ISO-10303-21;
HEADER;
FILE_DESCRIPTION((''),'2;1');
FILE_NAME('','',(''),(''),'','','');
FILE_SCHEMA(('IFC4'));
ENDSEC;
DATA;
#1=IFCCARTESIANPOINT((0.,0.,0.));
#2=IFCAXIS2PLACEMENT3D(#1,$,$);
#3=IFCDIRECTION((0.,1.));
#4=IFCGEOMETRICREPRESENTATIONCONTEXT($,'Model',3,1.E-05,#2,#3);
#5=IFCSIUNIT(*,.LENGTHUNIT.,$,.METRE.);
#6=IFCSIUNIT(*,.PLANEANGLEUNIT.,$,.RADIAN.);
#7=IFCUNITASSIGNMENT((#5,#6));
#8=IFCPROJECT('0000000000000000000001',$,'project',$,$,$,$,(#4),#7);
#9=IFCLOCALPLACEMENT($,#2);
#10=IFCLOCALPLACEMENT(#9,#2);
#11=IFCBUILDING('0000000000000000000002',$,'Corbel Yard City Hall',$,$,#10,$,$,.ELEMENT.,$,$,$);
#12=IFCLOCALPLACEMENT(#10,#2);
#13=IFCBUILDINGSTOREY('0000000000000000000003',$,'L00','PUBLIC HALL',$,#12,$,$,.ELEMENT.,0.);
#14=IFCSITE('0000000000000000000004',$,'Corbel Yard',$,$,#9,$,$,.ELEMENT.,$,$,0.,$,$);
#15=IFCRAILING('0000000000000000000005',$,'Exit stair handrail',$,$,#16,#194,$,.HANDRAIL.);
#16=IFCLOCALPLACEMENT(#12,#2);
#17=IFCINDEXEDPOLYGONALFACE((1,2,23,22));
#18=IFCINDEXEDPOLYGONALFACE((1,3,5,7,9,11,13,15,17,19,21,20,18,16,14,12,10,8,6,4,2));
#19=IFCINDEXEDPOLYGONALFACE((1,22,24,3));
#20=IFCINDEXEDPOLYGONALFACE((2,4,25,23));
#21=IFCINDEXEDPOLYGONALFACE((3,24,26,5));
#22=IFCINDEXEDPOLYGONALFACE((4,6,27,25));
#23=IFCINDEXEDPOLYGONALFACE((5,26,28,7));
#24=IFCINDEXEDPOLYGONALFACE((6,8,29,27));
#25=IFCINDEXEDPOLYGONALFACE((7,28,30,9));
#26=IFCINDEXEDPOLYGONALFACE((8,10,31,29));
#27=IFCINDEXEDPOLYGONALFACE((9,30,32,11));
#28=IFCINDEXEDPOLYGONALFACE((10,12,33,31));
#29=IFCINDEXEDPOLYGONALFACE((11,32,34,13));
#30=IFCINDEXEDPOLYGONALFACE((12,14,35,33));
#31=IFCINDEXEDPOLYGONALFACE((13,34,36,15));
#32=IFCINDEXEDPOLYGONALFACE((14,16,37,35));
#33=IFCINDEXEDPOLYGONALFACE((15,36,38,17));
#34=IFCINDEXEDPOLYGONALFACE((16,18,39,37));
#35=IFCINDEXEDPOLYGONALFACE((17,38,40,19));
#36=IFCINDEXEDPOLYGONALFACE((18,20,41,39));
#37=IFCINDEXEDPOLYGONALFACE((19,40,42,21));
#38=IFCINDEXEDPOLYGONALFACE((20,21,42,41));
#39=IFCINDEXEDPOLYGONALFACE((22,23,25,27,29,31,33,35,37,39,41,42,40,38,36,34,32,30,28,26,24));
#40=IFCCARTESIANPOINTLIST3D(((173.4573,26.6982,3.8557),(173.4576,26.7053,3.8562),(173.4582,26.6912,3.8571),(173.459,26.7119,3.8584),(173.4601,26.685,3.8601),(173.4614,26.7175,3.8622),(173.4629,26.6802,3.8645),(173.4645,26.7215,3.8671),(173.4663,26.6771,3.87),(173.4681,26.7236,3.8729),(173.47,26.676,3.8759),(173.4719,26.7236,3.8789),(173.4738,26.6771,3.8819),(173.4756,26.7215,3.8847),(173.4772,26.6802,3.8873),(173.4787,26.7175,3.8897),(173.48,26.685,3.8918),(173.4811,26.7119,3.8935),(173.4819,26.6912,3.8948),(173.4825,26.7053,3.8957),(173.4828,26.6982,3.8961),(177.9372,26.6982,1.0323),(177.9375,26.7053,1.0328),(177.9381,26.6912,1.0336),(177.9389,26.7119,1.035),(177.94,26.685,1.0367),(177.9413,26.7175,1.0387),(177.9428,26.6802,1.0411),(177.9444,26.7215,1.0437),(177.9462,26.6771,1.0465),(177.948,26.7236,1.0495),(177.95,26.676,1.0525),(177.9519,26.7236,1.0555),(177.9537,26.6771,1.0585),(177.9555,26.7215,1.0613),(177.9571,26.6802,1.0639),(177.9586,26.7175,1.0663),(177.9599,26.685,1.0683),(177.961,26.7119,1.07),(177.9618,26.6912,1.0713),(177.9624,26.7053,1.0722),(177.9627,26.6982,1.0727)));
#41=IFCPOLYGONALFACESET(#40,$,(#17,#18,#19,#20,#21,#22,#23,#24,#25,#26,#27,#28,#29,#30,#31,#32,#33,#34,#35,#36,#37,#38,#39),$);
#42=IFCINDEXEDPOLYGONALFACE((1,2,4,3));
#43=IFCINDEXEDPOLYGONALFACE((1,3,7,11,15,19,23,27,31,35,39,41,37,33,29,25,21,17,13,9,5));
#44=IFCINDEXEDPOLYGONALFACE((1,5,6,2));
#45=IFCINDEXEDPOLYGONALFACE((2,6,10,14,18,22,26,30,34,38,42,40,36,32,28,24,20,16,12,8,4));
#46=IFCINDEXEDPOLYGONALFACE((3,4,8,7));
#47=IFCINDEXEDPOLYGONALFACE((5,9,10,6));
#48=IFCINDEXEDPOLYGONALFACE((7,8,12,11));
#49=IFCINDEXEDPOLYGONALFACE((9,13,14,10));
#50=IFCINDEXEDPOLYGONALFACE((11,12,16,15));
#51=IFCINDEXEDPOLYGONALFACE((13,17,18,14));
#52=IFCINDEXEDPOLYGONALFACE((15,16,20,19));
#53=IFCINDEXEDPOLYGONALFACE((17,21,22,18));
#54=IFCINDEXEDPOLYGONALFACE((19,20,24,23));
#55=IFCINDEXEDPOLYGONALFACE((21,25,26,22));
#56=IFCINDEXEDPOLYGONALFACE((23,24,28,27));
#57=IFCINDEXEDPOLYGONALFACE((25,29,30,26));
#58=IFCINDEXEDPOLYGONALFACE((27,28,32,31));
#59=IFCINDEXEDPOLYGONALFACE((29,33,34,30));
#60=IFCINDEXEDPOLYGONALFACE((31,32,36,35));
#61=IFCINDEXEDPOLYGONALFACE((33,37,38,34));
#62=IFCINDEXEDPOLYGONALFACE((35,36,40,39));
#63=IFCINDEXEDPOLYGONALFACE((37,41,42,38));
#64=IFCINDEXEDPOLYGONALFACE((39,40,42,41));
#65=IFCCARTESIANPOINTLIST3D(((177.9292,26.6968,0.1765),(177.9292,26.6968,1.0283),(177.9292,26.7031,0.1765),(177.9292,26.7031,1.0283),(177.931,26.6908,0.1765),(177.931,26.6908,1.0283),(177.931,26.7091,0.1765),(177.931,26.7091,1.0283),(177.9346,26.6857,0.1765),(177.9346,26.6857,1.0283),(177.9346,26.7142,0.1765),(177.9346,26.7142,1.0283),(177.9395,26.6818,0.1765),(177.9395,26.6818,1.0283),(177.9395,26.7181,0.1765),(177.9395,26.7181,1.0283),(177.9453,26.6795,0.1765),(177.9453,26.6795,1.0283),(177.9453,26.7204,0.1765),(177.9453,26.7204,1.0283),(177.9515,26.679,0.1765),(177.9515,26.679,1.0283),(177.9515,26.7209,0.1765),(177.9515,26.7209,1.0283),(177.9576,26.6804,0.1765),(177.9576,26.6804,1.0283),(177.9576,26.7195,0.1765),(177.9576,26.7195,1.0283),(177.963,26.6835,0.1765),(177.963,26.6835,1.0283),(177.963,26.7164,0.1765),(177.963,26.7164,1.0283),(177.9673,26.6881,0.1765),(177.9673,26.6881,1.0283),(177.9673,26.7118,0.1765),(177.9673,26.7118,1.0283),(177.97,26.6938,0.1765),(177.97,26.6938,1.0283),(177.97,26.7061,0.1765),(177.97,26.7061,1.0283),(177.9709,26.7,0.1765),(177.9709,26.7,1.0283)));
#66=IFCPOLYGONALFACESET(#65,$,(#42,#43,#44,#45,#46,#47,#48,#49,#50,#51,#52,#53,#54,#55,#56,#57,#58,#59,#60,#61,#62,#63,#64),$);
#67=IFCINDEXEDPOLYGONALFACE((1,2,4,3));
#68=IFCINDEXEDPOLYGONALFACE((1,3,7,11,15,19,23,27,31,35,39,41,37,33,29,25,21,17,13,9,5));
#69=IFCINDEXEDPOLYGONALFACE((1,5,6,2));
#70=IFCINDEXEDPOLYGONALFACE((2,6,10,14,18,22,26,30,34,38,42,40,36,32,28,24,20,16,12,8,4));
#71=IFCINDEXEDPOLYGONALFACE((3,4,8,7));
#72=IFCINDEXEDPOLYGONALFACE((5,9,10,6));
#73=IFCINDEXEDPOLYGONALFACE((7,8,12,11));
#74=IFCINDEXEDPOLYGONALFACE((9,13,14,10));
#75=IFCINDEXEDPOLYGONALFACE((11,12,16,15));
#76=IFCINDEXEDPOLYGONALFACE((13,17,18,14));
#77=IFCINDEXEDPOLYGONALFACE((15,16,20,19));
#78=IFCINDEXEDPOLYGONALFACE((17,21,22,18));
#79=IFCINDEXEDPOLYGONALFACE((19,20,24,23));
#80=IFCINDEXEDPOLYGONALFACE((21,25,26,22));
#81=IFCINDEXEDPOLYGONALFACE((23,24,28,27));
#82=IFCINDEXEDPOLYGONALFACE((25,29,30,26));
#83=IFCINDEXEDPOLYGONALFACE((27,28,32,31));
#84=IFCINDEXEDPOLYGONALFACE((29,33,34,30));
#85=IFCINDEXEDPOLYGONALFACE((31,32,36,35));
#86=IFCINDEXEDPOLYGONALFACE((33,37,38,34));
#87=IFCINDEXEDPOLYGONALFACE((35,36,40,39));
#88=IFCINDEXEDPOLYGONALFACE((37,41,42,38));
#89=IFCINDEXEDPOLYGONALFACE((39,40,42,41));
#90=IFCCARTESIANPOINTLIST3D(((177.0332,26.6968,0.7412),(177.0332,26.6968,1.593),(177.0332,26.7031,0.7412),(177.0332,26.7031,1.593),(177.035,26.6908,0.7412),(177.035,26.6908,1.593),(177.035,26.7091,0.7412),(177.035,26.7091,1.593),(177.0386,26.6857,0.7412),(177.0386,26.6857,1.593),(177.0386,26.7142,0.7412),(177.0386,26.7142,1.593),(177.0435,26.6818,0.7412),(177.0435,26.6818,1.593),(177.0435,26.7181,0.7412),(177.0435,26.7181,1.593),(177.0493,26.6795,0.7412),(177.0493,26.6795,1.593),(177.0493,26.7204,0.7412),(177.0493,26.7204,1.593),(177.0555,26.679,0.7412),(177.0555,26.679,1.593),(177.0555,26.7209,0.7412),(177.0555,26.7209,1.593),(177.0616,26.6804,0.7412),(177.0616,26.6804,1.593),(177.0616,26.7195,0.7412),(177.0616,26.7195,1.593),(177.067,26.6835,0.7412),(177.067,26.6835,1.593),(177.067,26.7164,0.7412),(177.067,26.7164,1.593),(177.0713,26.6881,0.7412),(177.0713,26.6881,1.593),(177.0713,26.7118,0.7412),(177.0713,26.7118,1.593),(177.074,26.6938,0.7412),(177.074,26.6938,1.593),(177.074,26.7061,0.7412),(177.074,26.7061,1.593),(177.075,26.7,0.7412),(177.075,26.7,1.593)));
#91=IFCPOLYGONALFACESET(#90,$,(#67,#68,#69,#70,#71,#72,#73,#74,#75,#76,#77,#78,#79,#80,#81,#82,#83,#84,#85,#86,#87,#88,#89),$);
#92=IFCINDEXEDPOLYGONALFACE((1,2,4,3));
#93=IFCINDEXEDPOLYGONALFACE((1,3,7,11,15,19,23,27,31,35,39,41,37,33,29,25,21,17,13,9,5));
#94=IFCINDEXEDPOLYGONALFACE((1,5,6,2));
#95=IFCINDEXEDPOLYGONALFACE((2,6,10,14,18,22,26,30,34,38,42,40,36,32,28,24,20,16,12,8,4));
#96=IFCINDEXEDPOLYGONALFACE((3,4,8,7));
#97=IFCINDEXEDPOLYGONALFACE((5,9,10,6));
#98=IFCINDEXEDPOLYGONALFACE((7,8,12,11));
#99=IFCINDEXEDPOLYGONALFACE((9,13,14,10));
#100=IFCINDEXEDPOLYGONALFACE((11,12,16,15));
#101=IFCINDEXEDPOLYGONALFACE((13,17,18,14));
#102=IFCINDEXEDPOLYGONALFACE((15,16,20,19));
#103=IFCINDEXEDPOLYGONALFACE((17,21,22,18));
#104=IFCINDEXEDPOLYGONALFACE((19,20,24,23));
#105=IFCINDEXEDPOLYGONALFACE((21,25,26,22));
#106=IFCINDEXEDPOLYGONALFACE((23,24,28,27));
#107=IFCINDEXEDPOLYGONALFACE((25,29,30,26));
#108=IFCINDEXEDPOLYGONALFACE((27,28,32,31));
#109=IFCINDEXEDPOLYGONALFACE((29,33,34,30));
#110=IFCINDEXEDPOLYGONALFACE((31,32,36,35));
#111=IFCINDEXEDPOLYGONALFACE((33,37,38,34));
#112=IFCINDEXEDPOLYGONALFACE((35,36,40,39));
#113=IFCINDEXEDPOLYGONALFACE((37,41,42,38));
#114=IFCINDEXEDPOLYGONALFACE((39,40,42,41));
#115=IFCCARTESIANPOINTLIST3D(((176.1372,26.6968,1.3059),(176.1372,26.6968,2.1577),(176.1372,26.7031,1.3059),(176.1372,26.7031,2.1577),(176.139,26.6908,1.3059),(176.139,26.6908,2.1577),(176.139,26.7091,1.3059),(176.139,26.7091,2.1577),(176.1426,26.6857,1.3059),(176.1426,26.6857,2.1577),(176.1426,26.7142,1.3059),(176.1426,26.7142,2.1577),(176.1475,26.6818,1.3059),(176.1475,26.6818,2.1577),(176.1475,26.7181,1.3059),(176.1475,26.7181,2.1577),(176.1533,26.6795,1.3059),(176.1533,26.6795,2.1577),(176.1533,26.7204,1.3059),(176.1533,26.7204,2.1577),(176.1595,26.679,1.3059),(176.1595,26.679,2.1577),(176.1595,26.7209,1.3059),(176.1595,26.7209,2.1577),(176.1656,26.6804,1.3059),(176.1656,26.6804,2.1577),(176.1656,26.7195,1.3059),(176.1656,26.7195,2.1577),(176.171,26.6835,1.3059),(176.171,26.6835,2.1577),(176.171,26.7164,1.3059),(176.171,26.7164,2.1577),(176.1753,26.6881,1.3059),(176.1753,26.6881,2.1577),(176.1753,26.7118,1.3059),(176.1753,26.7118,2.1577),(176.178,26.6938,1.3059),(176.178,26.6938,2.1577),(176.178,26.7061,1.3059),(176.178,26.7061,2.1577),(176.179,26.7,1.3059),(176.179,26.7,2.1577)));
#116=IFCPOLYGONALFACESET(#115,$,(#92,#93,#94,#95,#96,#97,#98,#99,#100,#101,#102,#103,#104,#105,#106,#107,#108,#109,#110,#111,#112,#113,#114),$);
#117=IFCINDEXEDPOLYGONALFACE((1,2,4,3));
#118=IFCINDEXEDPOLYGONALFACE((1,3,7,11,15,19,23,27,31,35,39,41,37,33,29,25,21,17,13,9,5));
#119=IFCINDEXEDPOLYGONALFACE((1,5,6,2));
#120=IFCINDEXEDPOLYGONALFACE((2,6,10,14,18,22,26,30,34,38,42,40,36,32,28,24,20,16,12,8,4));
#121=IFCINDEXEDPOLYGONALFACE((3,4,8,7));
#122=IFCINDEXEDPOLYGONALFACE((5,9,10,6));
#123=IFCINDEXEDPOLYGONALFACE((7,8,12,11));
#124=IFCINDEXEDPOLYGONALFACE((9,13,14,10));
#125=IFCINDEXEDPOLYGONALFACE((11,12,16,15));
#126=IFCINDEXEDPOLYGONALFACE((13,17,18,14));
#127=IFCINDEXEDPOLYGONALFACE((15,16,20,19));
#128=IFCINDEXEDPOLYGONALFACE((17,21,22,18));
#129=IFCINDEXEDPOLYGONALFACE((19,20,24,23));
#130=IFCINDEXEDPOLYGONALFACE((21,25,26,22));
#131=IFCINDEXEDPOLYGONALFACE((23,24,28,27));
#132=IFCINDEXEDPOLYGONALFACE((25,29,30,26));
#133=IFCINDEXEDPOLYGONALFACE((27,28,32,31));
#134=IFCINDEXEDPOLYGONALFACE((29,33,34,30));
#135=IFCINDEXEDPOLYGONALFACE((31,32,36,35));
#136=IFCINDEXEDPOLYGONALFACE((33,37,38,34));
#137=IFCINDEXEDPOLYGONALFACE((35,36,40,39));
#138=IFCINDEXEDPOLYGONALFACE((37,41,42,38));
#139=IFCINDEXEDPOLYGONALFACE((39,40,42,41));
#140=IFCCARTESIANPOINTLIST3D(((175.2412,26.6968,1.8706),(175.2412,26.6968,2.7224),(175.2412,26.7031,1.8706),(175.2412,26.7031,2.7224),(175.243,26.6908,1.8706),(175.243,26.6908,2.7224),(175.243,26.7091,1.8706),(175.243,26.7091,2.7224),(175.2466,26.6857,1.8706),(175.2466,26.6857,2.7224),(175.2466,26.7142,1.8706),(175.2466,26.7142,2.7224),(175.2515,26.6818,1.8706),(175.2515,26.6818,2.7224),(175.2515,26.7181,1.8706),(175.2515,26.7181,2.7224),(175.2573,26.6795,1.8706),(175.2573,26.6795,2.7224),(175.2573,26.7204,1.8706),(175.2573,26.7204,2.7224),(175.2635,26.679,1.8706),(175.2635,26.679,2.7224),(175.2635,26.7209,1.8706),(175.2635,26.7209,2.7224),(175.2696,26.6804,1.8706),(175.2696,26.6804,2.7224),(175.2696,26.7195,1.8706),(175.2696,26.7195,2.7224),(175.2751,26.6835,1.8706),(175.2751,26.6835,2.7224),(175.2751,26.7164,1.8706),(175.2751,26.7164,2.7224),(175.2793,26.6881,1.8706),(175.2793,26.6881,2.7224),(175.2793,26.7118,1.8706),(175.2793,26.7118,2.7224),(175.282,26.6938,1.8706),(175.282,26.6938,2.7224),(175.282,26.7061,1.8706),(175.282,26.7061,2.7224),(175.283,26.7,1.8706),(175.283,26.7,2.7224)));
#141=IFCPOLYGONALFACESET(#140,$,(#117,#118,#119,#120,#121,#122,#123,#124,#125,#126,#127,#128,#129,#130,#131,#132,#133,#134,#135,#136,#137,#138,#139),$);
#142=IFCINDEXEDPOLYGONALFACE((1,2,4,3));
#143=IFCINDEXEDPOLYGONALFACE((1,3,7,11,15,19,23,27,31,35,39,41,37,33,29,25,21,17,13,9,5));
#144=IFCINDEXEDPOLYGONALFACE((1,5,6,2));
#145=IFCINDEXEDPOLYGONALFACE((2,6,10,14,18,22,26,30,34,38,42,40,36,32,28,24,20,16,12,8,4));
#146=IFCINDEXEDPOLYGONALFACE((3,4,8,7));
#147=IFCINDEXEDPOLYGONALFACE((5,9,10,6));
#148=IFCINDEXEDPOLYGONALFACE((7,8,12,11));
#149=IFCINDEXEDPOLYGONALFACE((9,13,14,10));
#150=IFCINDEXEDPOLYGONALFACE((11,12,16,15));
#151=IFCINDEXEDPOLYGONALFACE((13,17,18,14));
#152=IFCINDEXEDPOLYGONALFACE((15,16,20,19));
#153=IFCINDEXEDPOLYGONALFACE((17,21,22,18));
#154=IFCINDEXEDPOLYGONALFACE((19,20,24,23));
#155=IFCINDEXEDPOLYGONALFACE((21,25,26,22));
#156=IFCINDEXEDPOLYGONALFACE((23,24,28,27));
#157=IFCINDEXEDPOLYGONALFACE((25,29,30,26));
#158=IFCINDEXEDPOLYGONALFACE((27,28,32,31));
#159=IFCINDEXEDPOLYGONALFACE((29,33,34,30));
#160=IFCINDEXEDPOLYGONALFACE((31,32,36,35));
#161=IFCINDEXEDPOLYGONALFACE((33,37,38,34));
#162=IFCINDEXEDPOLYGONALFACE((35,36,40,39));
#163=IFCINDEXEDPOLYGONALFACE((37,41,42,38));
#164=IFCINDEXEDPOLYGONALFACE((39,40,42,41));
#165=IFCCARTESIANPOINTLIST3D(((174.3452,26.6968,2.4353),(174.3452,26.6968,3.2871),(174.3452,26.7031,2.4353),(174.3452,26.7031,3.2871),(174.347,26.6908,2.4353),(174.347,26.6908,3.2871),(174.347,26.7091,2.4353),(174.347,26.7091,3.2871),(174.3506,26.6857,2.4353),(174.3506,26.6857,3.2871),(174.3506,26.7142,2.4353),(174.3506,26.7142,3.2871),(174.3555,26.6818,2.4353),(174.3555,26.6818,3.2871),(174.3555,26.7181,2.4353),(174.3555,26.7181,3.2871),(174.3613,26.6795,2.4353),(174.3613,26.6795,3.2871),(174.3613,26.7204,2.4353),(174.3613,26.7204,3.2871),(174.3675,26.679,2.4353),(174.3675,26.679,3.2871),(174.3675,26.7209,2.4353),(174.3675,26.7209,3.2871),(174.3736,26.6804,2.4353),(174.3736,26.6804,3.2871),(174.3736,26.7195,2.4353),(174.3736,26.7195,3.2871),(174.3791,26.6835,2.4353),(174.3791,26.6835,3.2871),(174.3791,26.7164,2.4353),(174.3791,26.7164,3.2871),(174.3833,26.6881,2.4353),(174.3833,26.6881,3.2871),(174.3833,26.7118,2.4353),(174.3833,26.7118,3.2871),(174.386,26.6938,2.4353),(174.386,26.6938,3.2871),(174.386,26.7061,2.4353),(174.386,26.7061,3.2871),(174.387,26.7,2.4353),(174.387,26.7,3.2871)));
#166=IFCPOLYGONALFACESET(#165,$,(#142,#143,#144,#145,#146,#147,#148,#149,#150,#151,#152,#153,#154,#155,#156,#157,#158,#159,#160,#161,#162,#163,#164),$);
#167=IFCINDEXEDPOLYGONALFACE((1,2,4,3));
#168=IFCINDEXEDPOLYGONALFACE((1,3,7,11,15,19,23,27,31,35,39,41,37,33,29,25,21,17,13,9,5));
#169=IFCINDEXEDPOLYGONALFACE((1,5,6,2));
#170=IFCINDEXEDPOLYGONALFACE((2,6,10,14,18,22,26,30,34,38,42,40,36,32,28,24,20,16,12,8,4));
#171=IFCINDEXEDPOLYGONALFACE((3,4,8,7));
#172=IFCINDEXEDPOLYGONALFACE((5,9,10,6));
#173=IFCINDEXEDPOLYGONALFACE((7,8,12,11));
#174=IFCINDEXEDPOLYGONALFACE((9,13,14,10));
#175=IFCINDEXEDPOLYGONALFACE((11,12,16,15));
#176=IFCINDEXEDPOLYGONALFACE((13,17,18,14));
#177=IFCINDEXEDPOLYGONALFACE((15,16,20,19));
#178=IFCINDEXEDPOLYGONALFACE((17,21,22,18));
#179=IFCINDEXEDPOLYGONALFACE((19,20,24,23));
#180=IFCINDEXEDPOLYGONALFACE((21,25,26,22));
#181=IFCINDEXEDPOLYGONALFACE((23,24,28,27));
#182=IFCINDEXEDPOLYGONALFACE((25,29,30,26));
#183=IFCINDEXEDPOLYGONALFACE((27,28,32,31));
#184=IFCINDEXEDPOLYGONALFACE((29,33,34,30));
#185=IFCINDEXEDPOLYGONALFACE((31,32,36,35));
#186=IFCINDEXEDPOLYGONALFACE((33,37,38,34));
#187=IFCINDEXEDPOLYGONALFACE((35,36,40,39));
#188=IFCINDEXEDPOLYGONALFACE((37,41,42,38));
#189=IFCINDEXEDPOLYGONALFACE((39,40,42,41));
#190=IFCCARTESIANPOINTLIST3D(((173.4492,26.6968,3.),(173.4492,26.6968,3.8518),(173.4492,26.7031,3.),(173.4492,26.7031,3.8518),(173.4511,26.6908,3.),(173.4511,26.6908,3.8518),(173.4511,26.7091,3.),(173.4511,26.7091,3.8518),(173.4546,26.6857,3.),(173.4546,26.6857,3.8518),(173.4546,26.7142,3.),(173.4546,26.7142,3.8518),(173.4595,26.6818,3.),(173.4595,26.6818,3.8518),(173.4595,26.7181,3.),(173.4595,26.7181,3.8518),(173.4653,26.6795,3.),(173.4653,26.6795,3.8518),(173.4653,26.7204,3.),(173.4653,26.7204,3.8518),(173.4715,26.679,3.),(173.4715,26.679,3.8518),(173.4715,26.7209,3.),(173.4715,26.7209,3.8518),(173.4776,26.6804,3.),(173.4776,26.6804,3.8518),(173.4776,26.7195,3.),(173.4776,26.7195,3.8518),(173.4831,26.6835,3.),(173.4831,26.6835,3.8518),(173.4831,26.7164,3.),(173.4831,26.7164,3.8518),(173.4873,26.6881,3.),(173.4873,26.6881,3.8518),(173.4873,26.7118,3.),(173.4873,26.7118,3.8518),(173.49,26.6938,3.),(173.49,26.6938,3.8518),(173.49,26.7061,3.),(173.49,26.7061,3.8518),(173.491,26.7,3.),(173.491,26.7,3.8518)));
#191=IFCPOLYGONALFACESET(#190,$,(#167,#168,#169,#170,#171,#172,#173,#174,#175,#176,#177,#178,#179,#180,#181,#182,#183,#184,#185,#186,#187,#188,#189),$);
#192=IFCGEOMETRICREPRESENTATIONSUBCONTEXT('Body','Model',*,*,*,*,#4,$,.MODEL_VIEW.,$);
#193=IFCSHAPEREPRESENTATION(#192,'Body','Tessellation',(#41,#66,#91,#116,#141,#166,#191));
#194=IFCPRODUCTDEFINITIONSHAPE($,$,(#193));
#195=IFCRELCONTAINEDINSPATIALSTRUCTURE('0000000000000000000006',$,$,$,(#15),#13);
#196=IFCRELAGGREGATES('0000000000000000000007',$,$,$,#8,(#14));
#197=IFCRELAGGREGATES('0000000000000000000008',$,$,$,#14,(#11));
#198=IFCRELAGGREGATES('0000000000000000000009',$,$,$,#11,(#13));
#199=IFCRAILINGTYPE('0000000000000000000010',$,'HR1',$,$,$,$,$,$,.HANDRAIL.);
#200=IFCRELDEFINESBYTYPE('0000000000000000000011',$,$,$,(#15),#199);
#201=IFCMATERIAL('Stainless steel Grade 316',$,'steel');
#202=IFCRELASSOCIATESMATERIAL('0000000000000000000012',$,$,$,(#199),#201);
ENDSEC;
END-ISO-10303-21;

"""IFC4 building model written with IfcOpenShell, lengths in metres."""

from ifc_helpers import new_model, si_unit, direction, frame, origin, origin_2d, place, context, subcontext, project, spatial, circle, extrude, material, type_object, element, save


model = new_model("IFC4")

# Units and contexts
model_context = context("Model", 3, precision=1e-05, world=origin(), true_north=direction((0.0, 1.0)))
body_context = subcontext(model_context, "Body", "Model", "MODEL_VIEW")
ifc_project = project(units=[si_unit("LENGTHUNIT", "METRE"), si_unit("PLANEANGLEUNIT", "RADIAN")], contexts=[model_context])

# Site, building, storey
site_placement = place(None, origin())
site = spatial("IfcSite", under=ifc_project, at=site_placement, Name="Corbel Yard", CompositionType="ELEMENT", RefElevation=0.0)
building_placement = place(site_placement, origin())
building = spatial("IfcBuilding", under=site, at=building_placement, Name="Corbel Yard City Hall", CompositionType="ELEMENT")
storey_placement = place(building_placement, origin())
storey = spatial("IfcBuildingStorey", under=building, at=storey_placement, Name="L00", Description="PUBLIC HALL", CompositionType="ELEMENT", Elevation=0.0)

# Shared definitions
ifc_material_1 = material(Name="Stainless steel Grade 316", Category="steel")

# Railing
railing_type = type_object("IfcRailingType", Name="HR1", PredefinedType="HANDRAIL", material=ifc_material_1)
for number, where, name in (
    (1, (177.95, 26.7, 0.1765), "Exit stair handrail"),
):
    element("IfcRailing", number, at=place(storey_placement, frame(where)), inside=storey, type_object=railing_type, Name=name, PredefinedType="HANDRAIL", context=body_context, shape_type="SweptSolid", body=[
        extrude(circle(Radius=0.0239, at=origin_2d()), frame((0.0, 0.0, 0.876), z_axis=(-0.845998, 0.0, 0.533186), x_axis=(0.0, -1.0, 0.0)), (0.0, 0.0, 1.0), 5.2954),
        extrude(circle(Radius=0.021, at=origin_2d()), origin(), (0.0, 0.0, 1.0), 0.8518),
        extrude(circle(Radius=0.021, at=origin_2d()), frame((-0.896, 0.0, 0.5647)), (0.0, 0.0, 1.0), 0.8518),
        extrude(circle(Radius=0.021, at=origin_2d()), frame((-1.792, 0.0, 1.1294)), (0.0, 0.0, 1.0), 0.8518),
        extrude(circle(Radius=0.021, at=origin_2d()), frame((-2.688, 0.0, 1.6941)), (0.0, 0.0, 1.0), 0.8518),
        extrude(circle(Radius=0.021, at=origin_2d()), frame((-3.584, 0.0, 2.2588)), (0.0, 0.0, 1.0), 0.8518),
        extrude(circle(Radius=0.021, at=origin_2d()), frame((-4.48, 0.0, 2.8235)), (0.0, 0.0, 1.0), 0.8518),
    ])

save(model, "model.ifc")
